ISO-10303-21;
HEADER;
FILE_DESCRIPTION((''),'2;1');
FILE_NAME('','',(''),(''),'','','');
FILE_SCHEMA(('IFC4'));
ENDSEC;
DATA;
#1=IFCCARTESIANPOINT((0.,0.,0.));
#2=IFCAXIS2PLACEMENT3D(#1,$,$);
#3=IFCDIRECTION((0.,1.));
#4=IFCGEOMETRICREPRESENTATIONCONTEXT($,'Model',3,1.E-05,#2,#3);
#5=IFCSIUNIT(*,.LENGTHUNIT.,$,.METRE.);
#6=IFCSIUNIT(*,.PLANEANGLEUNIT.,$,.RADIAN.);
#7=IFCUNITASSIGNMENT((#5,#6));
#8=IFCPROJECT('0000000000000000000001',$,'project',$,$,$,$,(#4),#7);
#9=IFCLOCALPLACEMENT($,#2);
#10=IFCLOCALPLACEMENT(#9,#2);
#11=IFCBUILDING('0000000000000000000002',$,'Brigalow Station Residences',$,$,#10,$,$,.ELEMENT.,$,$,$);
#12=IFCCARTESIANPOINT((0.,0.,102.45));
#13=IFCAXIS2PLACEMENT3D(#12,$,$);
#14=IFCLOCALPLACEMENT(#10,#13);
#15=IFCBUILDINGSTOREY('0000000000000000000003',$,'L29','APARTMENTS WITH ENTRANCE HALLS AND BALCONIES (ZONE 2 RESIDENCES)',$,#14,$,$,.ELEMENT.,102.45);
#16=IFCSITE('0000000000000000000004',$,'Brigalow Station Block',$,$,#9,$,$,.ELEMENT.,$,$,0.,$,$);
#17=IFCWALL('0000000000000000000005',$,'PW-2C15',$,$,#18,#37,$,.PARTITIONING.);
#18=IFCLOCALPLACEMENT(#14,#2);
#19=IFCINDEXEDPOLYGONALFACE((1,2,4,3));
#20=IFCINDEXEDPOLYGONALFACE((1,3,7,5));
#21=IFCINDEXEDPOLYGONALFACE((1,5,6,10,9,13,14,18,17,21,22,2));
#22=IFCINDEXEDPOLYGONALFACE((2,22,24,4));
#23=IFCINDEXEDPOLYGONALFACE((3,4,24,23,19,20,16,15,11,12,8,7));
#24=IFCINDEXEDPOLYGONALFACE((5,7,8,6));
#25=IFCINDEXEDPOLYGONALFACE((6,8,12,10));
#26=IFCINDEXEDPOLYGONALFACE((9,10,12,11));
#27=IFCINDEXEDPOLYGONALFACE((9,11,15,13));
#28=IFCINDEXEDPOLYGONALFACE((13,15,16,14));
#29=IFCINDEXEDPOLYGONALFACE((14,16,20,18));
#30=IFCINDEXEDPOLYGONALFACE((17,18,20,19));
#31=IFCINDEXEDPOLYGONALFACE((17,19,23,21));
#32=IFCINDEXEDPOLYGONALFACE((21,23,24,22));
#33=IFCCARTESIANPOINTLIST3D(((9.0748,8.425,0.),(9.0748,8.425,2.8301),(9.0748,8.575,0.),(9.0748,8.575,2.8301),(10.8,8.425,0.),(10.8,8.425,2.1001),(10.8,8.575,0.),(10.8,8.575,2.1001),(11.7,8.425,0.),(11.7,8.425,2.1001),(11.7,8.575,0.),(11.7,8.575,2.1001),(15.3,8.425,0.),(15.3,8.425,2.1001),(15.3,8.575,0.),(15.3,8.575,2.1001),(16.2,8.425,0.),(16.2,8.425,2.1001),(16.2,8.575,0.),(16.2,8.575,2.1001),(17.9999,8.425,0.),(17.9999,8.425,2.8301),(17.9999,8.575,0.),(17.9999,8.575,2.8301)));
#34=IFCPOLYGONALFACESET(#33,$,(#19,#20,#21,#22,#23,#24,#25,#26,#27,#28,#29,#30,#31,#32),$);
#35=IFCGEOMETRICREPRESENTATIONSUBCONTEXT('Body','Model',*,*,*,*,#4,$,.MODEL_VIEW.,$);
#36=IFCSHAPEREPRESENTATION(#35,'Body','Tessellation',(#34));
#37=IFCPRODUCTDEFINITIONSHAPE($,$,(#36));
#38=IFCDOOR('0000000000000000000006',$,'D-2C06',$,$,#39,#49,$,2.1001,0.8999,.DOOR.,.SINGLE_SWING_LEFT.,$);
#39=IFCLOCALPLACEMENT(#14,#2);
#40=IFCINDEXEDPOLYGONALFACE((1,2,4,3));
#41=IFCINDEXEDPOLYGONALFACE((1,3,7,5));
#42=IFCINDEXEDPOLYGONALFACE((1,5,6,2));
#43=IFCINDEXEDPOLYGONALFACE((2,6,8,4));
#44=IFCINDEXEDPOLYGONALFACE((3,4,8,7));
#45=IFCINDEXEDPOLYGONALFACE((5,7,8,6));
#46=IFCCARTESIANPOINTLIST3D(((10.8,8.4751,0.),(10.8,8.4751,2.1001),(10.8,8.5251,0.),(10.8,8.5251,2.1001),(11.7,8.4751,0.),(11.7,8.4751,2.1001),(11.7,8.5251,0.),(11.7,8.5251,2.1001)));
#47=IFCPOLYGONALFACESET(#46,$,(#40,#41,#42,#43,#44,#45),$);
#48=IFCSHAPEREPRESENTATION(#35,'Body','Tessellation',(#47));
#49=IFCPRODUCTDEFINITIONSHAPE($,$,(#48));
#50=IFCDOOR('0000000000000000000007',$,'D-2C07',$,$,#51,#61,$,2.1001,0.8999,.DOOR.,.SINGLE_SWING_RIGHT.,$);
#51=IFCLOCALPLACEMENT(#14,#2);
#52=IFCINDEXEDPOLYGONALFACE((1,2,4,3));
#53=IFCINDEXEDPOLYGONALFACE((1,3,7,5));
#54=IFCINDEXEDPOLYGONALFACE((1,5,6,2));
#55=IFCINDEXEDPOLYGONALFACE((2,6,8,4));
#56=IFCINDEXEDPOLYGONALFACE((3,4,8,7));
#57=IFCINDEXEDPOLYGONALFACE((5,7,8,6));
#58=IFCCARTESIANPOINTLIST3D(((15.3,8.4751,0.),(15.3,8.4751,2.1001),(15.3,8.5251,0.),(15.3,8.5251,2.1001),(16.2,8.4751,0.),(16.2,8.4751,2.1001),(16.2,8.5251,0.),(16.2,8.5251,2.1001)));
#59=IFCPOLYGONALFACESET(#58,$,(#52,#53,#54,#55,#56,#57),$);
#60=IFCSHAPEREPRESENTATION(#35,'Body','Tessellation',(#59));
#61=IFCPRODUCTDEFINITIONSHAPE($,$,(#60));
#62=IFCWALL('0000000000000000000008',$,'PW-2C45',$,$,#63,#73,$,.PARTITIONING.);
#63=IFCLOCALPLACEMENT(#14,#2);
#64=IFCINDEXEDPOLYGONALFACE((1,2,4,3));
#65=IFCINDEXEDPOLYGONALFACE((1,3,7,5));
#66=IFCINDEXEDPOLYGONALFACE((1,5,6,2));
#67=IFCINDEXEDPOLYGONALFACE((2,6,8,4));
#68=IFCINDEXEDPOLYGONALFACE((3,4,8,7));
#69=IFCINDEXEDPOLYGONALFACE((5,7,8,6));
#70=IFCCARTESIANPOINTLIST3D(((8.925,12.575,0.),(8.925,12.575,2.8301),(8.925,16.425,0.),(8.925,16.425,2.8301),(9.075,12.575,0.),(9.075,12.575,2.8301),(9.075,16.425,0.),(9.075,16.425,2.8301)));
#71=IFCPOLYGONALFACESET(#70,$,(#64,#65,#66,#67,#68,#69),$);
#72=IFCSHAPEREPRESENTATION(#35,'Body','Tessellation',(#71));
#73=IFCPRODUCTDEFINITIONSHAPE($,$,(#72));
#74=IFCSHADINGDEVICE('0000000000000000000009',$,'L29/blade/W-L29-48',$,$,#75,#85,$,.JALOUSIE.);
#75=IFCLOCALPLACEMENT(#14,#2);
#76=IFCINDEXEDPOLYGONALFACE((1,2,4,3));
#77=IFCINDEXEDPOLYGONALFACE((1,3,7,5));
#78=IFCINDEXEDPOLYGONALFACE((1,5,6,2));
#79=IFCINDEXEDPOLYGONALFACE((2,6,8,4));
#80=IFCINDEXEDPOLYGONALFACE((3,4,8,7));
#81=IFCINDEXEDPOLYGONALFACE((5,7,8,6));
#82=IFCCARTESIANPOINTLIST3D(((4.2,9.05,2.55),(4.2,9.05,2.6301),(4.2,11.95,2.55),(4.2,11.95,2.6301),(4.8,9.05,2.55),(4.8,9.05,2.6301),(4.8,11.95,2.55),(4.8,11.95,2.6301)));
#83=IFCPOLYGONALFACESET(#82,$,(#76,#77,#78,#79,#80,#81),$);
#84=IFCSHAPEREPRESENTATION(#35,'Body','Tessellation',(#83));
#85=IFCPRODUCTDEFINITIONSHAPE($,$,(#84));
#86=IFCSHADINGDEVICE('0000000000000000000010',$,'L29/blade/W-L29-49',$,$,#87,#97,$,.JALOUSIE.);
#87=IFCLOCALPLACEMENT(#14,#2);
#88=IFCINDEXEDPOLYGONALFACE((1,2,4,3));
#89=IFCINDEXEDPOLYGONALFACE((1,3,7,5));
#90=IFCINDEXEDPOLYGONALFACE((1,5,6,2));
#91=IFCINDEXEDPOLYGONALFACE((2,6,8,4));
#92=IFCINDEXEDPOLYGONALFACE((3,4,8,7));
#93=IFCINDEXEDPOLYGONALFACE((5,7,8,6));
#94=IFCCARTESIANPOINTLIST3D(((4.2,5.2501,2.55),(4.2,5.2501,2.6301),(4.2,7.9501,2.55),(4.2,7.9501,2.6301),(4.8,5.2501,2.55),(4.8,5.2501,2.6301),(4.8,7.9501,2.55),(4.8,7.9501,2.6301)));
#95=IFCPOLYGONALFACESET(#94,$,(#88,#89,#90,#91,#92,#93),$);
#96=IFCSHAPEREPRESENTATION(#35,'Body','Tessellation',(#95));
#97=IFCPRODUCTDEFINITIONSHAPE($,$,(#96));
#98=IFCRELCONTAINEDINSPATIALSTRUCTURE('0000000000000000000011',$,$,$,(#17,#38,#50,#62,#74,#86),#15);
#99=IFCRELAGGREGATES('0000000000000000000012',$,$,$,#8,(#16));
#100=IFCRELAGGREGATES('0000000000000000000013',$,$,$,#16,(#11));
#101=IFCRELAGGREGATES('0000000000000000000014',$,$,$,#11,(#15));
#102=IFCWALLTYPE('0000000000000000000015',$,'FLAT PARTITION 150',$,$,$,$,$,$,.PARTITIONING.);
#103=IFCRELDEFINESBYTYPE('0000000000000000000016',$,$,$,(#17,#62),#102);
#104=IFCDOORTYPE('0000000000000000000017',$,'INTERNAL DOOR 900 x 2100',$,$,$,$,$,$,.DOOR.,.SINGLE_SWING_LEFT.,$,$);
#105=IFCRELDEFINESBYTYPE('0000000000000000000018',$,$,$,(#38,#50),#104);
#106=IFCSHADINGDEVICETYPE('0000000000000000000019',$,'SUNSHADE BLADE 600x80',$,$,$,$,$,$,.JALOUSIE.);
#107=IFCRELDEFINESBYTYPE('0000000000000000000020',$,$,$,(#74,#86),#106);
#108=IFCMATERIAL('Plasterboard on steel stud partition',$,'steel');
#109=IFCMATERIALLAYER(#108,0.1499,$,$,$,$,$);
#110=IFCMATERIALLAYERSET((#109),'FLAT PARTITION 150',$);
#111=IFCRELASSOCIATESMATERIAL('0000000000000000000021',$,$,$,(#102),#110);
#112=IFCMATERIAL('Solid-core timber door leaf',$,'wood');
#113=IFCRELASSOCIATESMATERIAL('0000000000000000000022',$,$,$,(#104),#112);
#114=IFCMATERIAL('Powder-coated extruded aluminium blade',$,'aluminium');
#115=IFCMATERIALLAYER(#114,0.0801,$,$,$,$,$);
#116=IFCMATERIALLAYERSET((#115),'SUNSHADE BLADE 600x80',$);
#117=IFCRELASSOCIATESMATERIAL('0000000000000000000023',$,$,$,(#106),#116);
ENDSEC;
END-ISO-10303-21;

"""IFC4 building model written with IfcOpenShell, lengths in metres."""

from ifc_helpers import new_model, si_unit, direction, frame, frame_2d, origin, origin_2d, place, context, subcontext, project, spatial, rectangle, extrude, material, layer, layer_set, type_object, element, fill, save


model = new_model("IFC4")

# Units and contexts
model_context = context("Model", 3, precision=1e-05, world=origin(), true_north=direction((0.0, 1.0)))
body_context = subcontext(model_context, "Body", "Model", "MODEL_VIEW")
ifc_project = project(units=[si_unit("LENGTHUNIT", "METRE"), si_unit("PLANEANGLEUNIT", "RADIAN")], contexts=[model_context])

# Site, building, storey
site_placement = place(None, origin())
site = spatial("IfcSite", under=ifc_project, at=site_placement, Name="Brigalow Station Block", CompositionType="ELEMENT", RefElevation=0.0)
building_placement = place(site_placement, origin())
building = spatial("IfcBuilding", under=site, at=building_placement, Name="Brigalow Station Residences", CompositionType="ELEMENT")
storey_placement = place(building_placement, frame((0.0, 0.0, 102.45)))
storey = spatial("IfcBuildingStorey", under=building, at=storey_placement, Name="L29", Description="APARTMENTS WITH ENTRANCE HALLS AND BALCONIES (ZONE 2 RESIDENCES)", CompositionType="ELEMENT", Elevation=102.45)

# Shared definitions
ifc_material_1 = material(Name="Plasterboard on steel stud partition", Category="steel")
ifc_layer_1 = layer(ifc_material_1, 0.1499)
ifc_layer_set_1 = layer_set([ifc_layer_1], Name="FLAT PARTITION 150")
wall_type_1 = type_object("IfcWallType", Name="FLAT PARTITION 150", PredefinedType="PARTITIONING", material=ifc_layer_set_1)
ifc_material_2 = material(Name="Solid-core timber door leaf", Category="wood")
door_type = type_object("IfcDoorType", Name="INTERNAL DOOR 900 x 2100", OperationType="SINGLE_SWING_LEFT", PredefinedType="DOOR", material=ifc_material_2)

# Wall, openings, doors
wall_1_placement = place(storey_placement, frame((9.075, 8.5, 0.0), z_axis=(0.0, 0.0, 1.0), x_axis=(1.0, 0.0, 0.0)))
wall_1 = element("IfcWall", 1, at=wall_1_placement, inside=storey, type_object=wall_type_1, Name="PW-2C15", PredefinedType="PARTITIONING", context=body_context, shape_type="SweptSolid", body=[
    extrude(rectangle(XDim=8.925, YDim=0.1499, at=frame_2d((4.4624, 0.0))), origin(), (0.0, 0.0, 1.0), 2.8301),
])
opening_1_placement = place(wall_1_placement, frame((1.7251, 0.0, 0.0)))
opening_1 = element("IfcOpeningElement", 2, at=opening_1_placement, cuts=wall_1, PredefinedType="OPENING", context=body_context, shape_type="SweptSolid", body=[
    extrude(rectangle(XDim=0.8999, YDim=2.1001, at=frame_2d((0.45, 1.05))), frame((0.0, 0.085, 0.0), z_axis=(0.0, -1.0, 0.0), x_axis=(1.0, 0.0, 0.0)), (0.0, 0.0, 1.0), 0.1699),
])
opening_2_placement = place(wall_1_placement, frame((6.2251, 0.0, 0.0)))
opening_2 = element("IfcOpeningElement", 3, at=opening_2_placement, cuts=wall_1, PredefinedType="OPENING", context=body_context, shape_type="SweptSolid", body=[
    extrude(rectangle(XDim=0.8999, YDim=2.1001, at=frame_2d((0.45, 1.05))), frame((0.0, 0.085, 0.0), z_axis=(0.0, -1.0, 0.0), x_axis=(1.0, 0.0, 0.0)), (0.0, 0.0, 1.0), 0.1699),
])
door_1_placement = place(opening_1_placement, frame((0.8999, 0.0, 0.0), z_axis=(0.0, 0.0, 1.0), x_axis=(-1.0, 0.0, 0.0)))
door_1 = element("IfcDoor", 4, at=door_1_placement, inside=storey, type_object=door_type, Name="D-2C06", OperationType="SINGLE_SWING_LEFT", OverallHeight=2.1001, OverallWidth=0.8999, PredefinedType="DOOR", context=body_context, shape_type="SweptSolid", body=[
    extrude(rectangle(XDim=0.8999, YDim=2.1001, at=frame_2d((0.45, 1.05))), frame((0.0, 0.0249, 0.0), z_axis=(0.0, -1.0, 0.0), x_axis=(1.0, 0.0, 0.0)), (0.0, 0.0, 1.0), 0.05),
])
fill(opening_1, door_1)
door_2_placement = place(opening_2_placement, frame((0.8999, 0.0, 0.0), z_axis=(0.0, 0.0, 1.0), x_axis=(-1.0, 0.0, 0.0)))
door_2 = element("IfcDoor", 5, at=door_2_placement, inside=storey, type_object=door_type, Name="D-2C07", OperationType="SINGLE_SWING_RIGHT", OverallHeight=2.1001, OverallWidth=0.8999, PredefinedType="DOOR", context=body_context, shape_type="SweptSolid", body=[
    extrude(rectangle(XDim=0.8999, YDim=2.1001, at=frame_2d((0.45, 1.05))), frame((0.0, 0.0249, 0.0), z_axis=(0.0, -1.0, 0.0), x_axis=(1.0, 0.0, 0.0)), (0.0, 0.0, 1.0), 0.05),
])
fill(opening_2, door_2)

# Wall
wall_2_placement = place(storey_placement, frame((9.0, 12.575, 0.0), z_axis=(0.0, 0.0, 1.0), x_axis=(0.0, 1.0, 0.0)))
element("IfcWall", 6, at=wall_2_placement, inside=storey, type_object=wall_type_1, Name="PW-2C45", PredefinedType="PARTITIONING", context=body_context, shape_type="SweptSolid", body=[
    extrude(rectangle(XDim=3.8501, YDim=0.1499, at=frame_2d((1.925, 0.0))), origin(), (0.0, 0.0, 1.0), 2.8301),
])

# Shading devices
ifc_material_3 = material(Name="Powder-coated extruded aluminium blade", Category="aluminium")
ifc_layer_2 = layer(ifc_material_3, 0.0801)
ifc_layer_set_2 = layer_set([ifc_layer_2], Name="SUNSHADE BLADE 600x80")
shading_device_type = type_object("IfcShadingDeviceType", Name="SUNSHADE BLADE 600x80", PredefinedType="JALOUSIE", material=ifc_layer_set_2)
shading_device_1_placement = place(storey_placement, frame((4.5, 10.5, 2.55), z_axis=(0.0, 0.0, 1.0), x_axis=(0.0, -1.0, 0.0)))
element("IfcShadingDevice", 7, at=shading_device_1_placement, inside=storey, type_object=shading_device_type, Name="L29/blade/W-L29-48", PredefinedType="JALOUSIE", context=body_context, shape_type="SweptSolid", body=[
    extrude(rectangle(XDim=2.8999, YDim=0.6001, at=origin_2d()), origin(), (0.0, 0.0, 1.0), 0.0801),
])
shading_device_2_placement = place(storey_placement, frame((4.5, 6.6001, 2.55), z_axis=(0.0, 0.0, 1.0), x_axis=(0.0, -1.0, 0.0)))
element("IfcShadingDevice", 8, at=shading_device_2_placement, inside=storey, type_object=shading_device_type, Name="L29/blade/W-L29-49", PredefinedType="JALOUSIE", context=body_context, shape_type="SweptSolid", body=[
    extrude(rectangle(XDim=2.7, YDim=0.6001, at=origin_2d()), origin(), (0.0, 0.0, 1.0), 0.0801),
])

save(model, "model.ifc")
